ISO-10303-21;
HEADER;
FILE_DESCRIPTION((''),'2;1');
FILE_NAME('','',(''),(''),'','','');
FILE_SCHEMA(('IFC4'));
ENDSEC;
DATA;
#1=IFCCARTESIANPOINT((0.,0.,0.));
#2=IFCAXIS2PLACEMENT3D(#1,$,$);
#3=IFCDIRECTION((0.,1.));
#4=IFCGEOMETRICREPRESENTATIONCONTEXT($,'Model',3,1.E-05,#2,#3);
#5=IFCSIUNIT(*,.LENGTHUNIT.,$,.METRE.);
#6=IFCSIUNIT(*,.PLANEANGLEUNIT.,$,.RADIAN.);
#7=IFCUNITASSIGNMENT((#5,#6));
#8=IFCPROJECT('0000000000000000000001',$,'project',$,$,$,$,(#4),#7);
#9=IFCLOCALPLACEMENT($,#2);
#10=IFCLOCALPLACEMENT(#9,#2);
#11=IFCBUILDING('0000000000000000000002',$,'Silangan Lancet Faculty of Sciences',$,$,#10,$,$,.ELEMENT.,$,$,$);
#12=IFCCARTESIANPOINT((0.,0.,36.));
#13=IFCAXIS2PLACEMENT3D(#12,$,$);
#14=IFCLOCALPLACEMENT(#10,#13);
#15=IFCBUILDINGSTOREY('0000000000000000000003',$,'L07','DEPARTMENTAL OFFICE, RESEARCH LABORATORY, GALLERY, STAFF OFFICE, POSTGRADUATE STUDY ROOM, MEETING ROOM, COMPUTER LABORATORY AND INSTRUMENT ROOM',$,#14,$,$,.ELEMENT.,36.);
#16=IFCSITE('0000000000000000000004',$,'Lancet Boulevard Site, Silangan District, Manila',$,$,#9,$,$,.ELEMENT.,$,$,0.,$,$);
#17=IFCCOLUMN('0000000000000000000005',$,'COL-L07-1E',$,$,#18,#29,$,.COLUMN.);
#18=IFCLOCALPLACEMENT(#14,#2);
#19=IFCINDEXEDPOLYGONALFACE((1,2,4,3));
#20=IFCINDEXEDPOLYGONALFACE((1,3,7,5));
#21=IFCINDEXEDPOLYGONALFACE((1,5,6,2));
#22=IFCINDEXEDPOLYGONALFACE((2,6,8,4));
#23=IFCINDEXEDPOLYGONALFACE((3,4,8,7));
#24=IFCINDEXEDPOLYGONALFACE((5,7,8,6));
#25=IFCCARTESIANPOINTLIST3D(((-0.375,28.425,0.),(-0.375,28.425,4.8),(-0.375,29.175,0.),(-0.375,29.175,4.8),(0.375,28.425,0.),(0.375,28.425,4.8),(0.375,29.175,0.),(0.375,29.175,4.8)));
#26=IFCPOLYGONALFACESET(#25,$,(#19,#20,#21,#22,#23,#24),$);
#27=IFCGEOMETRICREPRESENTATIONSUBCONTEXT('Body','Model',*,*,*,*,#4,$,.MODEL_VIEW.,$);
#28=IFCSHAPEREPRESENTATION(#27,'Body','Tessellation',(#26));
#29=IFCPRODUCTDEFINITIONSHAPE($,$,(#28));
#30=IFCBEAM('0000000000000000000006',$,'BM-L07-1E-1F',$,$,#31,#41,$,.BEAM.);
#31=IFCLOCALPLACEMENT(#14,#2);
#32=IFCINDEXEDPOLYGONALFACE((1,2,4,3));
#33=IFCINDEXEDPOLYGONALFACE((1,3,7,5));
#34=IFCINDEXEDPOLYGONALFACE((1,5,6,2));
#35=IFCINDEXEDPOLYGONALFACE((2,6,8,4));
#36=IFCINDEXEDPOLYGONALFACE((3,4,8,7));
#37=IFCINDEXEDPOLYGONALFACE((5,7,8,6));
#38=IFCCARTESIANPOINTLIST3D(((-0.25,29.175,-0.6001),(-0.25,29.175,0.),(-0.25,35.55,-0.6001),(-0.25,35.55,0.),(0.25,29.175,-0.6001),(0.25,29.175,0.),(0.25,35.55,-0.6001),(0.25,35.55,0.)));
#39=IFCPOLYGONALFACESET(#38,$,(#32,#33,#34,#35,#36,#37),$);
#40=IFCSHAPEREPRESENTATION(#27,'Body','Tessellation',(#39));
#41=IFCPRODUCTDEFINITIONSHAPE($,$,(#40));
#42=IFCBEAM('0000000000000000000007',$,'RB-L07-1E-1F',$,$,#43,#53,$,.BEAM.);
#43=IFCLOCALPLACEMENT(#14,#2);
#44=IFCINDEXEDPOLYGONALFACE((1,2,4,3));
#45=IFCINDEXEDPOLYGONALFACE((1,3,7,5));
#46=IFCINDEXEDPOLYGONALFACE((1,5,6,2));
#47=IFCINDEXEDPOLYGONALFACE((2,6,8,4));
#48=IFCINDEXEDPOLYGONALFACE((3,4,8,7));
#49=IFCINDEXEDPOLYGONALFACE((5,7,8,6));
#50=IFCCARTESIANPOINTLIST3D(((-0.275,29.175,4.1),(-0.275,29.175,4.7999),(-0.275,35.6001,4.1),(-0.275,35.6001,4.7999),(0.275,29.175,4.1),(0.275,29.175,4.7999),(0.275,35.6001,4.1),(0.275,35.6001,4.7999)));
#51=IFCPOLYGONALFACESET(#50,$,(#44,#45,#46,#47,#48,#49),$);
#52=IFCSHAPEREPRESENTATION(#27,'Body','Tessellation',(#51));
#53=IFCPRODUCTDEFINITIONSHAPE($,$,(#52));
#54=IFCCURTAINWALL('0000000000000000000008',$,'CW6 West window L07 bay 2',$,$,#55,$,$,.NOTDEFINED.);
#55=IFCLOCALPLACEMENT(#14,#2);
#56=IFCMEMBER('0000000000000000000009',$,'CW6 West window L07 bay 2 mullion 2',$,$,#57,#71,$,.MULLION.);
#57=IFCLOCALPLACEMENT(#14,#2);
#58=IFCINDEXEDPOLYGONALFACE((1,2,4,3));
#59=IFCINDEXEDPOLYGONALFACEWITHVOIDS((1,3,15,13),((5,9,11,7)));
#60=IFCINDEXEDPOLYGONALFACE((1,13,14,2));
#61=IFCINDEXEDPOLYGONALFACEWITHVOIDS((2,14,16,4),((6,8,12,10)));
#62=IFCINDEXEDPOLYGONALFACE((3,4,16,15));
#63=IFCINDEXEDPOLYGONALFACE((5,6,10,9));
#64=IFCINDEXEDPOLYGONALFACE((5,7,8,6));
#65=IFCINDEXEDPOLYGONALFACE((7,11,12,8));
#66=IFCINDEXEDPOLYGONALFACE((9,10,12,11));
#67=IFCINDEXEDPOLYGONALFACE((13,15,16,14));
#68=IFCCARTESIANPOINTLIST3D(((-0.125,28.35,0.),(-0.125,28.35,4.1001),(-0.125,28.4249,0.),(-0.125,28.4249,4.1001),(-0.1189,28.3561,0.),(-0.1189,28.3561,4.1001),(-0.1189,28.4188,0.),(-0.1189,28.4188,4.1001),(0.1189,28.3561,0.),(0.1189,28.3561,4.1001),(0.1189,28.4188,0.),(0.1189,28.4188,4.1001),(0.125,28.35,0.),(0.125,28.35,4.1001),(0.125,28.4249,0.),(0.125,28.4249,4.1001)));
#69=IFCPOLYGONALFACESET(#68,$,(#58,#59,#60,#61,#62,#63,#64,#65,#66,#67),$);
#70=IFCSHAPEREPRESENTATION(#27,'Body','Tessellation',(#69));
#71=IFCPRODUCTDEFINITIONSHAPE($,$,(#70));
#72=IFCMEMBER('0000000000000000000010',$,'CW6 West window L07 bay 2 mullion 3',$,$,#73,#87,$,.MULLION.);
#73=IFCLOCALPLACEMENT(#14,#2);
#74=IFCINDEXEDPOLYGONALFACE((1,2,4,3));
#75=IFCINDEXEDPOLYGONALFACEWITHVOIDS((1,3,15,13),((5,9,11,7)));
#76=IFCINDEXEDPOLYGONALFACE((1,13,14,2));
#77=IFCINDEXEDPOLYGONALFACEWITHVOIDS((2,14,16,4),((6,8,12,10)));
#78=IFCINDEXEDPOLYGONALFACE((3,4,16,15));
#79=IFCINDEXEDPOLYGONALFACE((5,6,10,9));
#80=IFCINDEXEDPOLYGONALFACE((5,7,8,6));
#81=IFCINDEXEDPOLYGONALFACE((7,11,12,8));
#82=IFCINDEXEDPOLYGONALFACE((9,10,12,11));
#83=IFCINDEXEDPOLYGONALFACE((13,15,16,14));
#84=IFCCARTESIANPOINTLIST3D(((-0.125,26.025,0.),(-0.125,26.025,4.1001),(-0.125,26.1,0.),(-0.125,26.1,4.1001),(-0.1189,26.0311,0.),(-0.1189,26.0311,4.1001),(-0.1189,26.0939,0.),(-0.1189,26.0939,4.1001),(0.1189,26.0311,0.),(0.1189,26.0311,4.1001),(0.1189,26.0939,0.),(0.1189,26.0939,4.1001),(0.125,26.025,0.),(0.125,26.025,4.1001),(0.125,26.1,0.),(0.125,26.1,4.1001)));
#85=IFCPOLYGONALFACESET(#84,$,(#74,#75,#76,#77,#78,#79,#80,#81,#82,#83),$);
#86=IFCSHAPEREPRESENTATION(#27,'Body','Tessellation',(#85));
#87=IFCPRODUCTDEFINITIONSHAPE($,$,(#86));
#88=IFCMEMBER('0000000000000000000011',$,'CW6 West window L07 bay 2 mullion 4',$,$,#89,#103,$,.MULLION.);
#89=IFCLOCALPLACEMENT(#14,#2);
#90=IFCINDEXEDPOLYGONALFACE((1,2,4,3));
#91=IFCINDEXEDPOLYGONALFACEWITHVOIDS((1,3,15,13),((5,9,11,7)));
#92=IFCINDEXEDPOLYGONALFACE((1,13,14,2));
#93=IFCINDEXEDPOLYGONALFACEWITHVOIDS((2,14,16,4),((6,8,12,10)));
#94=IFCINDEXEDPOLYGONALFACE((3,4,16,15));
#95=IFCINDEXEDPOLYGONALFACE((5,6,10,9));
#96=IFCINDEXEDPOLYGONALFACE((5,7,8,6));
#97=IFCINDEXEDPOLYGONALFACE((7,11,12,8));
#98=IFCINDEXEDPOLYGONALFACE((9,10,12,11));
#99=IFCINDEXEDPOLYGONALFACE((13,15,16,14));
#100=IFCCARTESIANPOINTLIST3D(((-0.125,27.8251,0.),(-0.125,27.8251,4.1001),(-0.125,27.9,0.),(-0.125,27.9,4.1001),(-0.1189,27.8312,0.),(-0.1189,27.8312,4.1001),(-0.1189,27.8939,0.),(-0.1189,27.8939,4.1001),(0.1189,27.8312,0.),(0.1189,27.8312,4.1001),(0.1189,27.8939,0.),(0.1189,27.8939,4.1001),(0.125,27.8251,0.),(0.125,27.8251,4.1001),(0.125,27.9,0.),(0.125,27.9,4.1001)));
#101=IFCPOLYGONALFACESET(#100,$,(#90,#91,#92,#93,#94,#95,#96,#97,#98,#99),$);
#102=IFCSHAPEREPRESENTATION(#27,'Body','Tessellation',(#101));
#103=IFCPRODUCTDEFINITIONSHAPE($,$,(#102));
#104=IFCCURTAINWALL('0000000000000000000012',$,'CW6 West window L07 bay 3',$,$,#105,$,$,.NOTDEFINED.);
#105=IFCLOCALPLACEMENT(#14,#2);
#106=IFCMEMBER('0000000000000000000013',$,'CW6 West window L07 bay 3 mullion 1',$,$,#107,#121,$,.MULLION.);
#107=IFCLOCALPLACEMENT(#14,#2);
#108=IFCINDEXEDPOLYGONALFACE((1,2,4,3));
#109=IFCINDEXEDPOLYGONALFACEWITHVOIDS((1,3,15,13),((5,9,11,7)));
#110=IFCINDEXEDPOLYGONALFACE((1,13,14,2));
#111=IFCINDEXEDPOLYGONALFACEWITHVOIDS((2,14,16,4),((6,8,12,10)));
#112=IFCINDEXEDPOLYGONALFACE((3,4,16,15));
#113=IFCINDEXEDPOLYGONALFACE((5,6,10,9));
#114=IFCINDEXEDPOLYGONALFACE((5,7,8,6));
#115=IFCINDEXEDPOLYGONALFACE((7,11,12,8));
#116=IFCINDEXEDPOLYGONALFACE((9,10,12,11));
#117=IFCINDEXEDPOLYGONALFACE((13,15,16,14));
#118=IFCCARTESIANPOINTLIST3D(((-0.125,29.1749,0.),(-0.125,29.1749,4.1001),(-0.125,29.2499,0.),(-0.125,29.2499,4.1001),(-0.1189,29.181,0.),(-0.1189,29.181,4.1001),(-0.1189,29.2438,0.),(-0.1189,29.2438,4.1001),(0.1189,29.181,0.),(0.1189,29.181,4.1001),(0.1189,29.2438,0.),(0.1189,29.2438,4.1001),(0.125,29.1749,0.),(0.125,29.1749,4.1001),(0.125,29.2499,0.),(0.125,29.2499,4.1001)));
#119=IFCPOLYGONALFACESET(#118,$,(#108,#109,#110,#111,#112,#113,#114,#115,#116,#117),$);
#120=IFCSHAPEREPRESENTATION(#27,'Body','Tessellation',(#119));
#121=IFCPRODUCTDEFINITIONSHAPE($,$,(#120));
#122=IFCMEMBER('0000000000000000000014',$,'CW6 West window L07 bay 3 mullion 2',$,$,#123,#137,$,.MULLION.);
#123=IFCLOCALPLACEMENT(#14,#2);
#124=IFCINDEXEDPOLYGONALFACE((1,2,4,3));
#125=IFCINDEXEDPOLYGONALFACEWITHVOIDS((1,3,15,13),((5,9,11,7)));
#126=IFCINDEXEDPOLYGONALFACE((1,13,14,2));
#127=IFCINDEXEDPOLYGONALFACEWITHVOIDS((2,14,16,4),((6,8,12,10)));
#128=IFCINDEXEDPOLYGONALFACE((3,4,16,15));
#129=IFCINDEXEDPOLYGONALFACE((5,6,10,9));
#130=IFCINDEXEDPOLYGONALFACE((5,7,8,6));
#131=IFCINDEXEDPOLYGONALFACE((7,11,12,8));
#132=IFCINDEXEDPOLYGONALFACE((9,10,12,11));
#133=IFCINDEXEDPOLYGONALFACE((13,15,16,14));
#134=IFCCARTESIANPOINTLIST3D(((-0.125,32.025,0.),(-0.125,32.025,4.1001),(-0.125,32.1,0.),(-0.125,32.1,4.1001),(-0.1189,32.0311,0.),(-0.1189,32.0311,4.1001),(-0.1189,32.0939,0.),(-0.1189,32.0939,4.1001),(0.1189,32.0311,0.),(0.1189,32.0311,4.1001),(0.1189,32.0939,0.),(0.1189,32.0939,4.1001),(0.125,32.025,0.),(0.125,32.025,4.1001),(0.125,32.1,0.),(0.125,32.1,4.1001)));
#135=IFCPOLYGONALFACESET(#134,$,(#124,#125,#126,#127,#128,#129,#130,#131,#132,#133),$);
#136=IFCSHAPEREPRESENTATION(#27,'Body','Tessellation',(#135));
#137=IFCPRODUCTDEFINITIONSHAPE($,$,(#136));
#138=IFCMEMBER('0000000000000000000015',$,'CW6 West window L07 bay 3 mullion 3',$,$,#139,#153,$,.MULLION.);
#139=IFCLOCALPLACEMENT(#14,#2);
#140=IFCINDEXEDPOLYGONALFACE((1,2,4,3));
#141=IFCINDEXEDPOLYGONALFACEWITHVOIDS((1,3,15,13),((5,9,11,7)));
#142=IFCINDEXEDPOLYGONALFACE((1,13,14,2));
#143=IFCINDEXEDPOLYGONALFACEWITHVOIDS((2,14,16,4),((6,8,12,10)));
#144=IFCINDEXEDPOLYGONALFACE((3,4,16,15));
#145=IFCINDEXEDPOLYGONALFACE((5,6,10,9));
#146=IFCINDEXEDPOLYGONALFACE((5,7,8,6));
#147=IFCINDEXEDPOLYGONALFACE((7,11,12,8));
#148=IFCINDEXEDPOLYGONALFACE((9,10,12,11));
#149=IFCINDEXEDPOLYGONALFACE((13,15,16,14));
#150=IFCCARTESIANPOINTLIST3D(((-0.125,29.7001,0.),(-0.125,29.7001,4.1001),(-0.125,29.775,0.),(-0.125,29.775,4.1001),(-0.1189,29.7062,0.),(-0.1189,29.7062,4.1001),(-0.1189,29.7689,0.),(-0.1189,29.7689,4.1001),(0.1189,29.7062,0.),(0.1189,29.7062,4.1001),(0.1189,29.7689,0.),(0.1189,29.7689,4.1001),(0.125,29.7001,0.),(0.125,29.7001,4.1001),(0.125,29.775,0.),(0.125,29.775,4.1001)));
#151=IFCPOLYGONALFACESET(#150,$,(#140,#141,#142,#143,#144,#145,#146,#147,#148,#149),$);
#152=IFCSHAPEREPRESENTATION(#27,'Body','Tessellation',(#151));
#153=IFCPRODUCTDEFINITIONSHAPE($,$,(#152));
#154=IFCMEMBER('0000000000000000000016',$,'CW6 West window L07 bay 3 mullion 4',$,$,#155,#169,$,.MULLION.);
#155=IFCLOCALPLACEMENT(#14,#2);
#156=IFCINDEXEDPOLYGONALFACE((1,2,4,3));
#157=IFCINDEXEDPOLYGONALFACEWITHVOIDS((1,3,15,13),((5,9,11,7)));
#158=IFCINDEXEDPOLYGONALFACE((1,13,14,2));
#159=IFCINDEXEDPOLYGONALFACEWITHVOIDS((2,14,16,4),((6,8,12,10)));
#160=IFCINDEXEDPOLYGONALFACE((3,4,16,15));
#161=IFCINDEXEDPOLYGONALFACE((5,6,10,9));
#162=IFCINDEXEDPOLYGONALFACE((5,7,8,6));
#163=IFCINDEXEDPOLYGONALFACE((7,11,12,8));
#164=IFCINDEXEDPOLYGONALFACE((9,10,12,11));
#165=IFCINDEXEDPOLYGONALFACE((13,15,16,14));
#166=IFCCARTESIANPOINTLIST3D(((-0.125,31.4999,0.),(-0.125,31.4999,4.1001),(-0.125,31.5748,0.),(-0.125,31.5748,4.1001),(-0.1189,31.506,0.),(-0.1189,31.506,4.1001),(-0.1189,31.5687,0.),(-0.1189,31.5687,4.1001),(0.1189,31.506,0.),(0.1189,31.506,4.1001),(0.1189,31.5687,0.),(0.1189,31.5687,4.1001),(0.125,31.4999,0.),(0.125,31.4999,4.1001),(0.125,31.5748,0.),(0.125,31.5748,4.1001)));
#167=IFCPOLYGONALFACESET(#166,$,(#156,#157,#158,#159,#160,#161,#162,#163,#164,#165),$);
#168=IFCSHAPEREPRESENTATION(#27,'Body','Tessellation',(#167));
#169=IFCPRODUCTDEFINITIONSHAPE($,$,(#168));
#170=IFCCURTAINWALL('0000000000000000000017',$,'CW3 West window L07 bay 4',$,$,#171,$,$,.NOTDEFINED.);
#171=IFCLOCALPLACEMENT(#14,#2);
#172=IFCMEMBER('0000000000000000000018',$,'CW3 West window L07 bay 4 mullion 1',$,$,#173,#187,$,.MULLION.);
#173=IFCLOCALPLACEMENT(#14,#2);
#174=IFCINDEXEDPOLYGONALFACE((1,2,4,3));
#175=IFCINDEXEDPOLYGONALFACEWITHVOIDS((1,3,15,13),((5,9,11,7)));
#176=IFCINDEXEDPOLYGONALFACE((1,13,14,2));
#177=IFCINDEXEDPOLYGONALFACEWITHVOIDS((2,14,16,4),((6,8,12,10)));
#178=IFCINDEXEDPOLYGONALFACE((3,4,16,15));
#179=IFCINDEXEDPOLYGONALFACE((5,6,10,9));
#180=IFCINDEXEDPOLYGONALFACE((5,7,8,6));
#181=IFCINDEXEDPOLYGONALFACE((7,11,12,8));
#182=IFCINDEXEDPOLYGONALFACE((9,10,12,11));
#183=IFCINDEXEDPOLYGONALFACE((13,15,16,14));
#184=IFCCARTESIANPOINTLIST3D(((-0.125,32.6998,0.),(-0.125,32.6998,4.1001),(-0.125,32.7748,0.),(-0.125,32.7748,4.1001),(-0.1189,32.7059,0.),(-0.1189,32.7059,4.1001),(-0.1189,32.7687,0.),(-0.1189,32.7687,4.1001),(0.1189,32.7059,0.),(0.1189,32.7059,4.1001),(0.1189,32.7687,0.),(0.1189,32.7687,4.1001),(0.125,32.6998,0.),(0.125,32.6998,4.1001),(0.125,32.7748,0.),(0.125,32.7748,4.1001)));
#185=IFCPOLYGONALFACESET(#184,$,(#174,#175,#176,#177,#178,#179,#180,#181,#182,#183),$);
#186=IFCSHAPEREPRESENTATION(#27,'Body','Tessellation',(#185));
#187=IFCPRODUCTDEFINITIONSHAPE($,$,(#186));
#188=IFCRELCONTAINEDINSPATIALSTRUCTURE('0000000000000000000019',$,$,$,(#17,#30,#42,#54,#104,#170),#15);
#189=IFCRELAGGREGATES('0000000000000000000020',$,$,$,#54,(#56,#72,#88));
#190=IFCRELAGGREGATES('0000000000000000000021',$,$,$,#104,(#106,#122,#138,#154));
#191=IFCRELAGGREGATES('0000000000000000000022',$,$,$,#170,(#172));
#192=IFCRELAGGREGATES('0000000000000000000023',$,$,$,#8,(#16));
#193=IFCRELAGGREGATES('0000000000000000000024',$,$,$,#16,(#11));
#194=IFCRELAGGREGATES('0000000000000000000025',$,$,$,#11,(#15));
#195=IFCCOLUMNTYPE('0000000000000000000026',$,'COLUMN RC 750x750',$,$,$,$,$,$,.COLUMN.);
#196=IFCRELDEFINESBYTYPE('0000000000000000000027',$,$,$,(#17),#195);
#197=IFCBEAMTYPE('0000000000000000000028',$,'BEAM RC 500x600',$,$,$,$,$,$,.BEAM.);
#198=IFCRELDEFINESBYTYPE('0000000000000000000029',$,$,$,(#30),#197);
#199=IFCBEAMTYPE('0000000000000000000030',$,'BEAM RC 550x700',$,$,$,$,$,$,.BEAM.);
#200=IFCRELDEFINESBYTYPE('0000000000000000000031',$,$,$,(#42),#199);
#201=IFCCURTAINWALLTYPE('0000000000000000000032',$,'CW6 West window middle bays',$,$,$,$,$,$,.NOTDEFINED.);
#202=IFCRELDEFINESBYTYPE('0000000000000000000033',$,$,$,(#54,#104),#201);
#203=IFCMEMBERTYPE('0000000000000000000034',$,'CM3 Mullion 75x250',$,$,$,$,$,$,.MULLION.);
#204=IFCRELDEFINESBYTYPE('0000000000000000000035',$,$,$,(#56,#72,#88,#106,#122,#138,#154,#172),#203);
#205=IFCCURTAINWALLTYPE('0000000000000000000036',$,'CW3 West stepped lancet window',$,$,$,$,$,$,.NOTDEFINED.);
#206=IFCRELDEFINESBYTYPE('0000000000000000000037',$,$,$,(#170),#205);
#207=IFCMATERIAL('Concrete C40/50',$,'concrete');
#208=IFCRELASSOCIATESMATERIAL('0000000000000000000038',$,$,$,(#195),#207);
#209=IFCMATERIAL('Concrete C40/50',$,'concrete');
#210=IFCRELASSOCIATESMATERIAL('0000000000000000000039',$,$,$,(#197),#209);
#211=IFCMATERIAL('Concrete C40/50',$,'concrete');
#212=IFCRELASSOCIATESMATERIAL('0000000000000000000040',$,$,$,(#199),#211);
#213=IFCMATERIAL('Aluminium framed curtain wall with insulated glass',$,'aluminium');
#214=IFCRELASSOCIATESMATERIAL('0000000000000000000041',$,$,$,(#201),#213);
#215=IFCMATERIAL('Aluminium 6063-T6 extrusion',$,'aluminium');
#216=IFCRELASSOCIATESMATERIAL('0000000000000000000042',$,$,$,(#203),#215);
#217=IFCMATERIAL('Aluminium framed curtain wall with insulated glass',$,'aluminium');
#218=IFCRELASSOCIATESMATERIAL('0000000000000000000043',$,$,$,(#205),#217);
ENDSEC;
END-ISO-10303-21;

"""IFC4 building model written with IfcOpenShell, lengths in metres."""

from ifc_helpers import new_model, si_unit, direction, frame, origin, origin_2d, place, context, subcontext, project, spatial, rectangle, hollow_rectangle, extrude, material, material_profile, profile_set, type_object, element, aggregate, save


model = new_model("IFC4")

# Units and contexts
model_context = context("Model", 3, precision=1e-05, world=origin(), true_north=direction((0.0, 1.0)))
body_context = subcontext(model_context, "Body", "Model", "MODEL_VIEW")
ifc_project = project(units=[si_unit("LENGTHUNIT", "METRE"), si_unit("PLANEANGLEUNIT", "RADIAN")], contexts=[model_context])

# Site, building, storey
site_placement = place(None, origin())
site = spatial("IfcSite", under=ifc_project, at=site_placement, Name="Lancet Boulevard Site, Silangan District, Manila", CompositionType="ELEMENT", RefElevation=0.0)
building_placement = place(site_placement, origin())
building = spatial("IfcBuilding", under=site, at=building_placement, Name="Silangan Lancet Faculty of Sciences", CompositionType="ELEMENT")
storey_placement = place(building_placement, frame((0.0, 0.0, 36.0)))
storey = spatial("IfcBuildingStorey", under=building, at=storey_placement, Name="L07", Description="DEPARTMENTAL OFFICE, RESEARCH LABORATORY, GALLERY, STAFF OFFICE, POSTGRADUATE STUDY ROOM, MEETING ROOM, COMPUTER LABORATORY AND INSTRUMENT ROOM", CompositionType="ELEMENT", Elevation=36.0)

# Column
ifc_material_1 = material(Name="Concrete C40/50", Category="concrete")
ifc_material_profile_1 = material_profile(ifc_material_1, rectangle(XDim=0.75, YDim=0.75, at=origin_2d()), Name="RC 750x750")
ifc_profile_set_1 = profile_set([ifc_material_profile_1], Name="Concrete C40/50")
column_type = type_object("IfcColumnType", Name="COLUMN RC 750x750", PredefinedType="COLUMN", material=ifc_profile_set_1)
column_placement = place(storey_placement, frame((0.0, 28.8, 0.0), z_axis=(0.0, 0.0, 1.0), x_axis=(1.0, 0.0, 0.0)))
element("IfcColumn", 1, at=column_placement, inside=storey, type_object=column_type, Name="COL-L07-1E", PredefinedType="COLUMN", context=body_context, shape_type="SweptSolid", body=[
    extrude(rectangle(XDim=0.75, YDim=0.75, at=origin_2d()), origin(), (0.0, 0.0, 1.0), 4.8),
])

# Beams
ifc_material_2 = material(Name="Concrete C40/50", Category="concrete")
ifc_material_profile_2 = material_profile(ifc_material_2, rectangle(XDim=0.5, YDim=0.6001, at=origin_2d()), Name="RC 500x600")
ifc_profile_set_2 = profile_set([ifc_material_profile_2], Name="Concrete C40/50")
beam_type_1 = type_object("IfcBeamType", Name="BEAM RC 500x600", PredefinedType="BEAM", material=ifc_profile_set_2)
beam_1_placement = place(storey_placement, frame((0.0, 29.175, -0.3), z_axis=(0.0, 1.0, 0.0), x_axis=(-1.0, 0.0, 0.0)))
element("IfcBeam", 2, at=beam_1_placement, inside=storey, type_object=beam_type_1, Name="BM-L07-1E-1F", PredefinedType="BEAM", context=body_context, shape_type="SweptSolid", body=[
    extrude(rectangle(XDim=0.5, YDim=0.6001, at=origin_2d()), origin(), (0.0, 0.0, 1.0), 6.375),
])
ifc_material_3 = material(Name="Concrete C40/50", Category="concrete")
ifc_material_profile_3 = material_profile(ifc_material_3, rectangle(XDim=0.55, YDim=0.7, at=origin_2d()), Name="RC 550x700")
ifc_profile_set_3 = profile_set([ifc_material_profile_3], Name="Concrete C40/50")
beam_type_2 = type_object("IfcBeamType", Name="BEAM RC 550x700", PredefinedType="BEAM", material=ifc_profile_set_3)
beam_2_placement = place(storey_placement, frame((0.0, 29.175, 4.45), z_axis=(0.0, 1.0, 0.0), x_axis=(-1.0, 0.0, 0.0)))
element("IfcBeam", 3, at=beam_2_placement, inside=storey, type_object=beam_type_2, Name="RB-L07-1E-1F", PredefinedType="BEAM", context=body_context, shape_type="SweptSolid", body=[
    extrude(rectangle(XDim=0.55, YDim=0.7, at=origin_2d()), origin(), (0.0, 0.0, 1.0), 6.425),
])

# Curtain walls, members
ifc_material_4 = material(Name="Aluminium framed curtain wall with insulated glass", Category="aluminium")
curtain_wall_type_1 = type_object("IfcCurtainWallType", Name="CW6 West window middle bays", PredefinedType="NOTDEFINED", material=ifc_material_4)
curtain_wall_1_placement = place(storey_placement, origin())
curtain_wall_1 = element("IfcCurtainWall", 4, at=curtain_wall_1_placement, inside=storey, type_object=curtain_wall_type_1, Name="CW6 West window L07 bay 2", PredefinedType="NOTDEFINED")
ifc_material_5 = material(Name="Aluminium 6063-T6 extrusion", Category="aluminium")
ifc_material_profile_4 = material_profile(ifc_material_5, hollow_rectangle(XDim=0.075, YDim=0.25, WallThickness=0.0061, at=origin_2d()), Name="AL BOX 75x250x6")
ifc_profile_set_4 = profile_set([ifc_material_profile_4], Name="Aluminium 6063-T6 extrusion")
member_type_1 = type_object("IfcMemberType", Name="CM3 Mullion 75x250", PredefinedType="MULLION", material=ifc_profile_set_4)
member_1_placement = place(storey_placement, frame((0.0, 28.3875, 0.0), z_axis=(0.0, 0.0, 1.0), x_axis=(0.0, 1.0, 0.0)))
member_1 = element("IfcMember", 5, at=member_1_placement, type_object=member_type_1, Name="CW6 West window L07 bay 2 mullion 2", PredefinedType="MULLION", context=body_context, shape_type="SweptSolid", body=[
    extrude(hollow_rectangle(XDim=0.075, YDim=0.25, WallThickness=0.0061, at=origin_2d()), origin(), (0.0, 0.0, 1.0), 4.1001),
])
member_2_placement = place(storey_placement, frame((0.0, 26.0625, 0.0), z_axis=(0.0, 0.0, 1.0), x_axis=(0.0, 1.0, 0.0)))
member_2 = element("IfcMember", 6, at=member_2_placement, type_object=member_type_1, Name="CW6 West window L07 bay 2 mullion 3", PredefinedType="MULLION", context=body_context, shape_type="SweptSolid", body=[
    extrude(hollow_rectangle(XDim=0.075, YDim=0.25, WallThickness=0.0061, at=origin_2d()), origin(), (0.0, 0.0, 1.0), 4.1001),
])
member_3_placement = place(storey_placement, frame((0.0, 27.8625, 0.0), z_axis=(0.0, 0.0, 1.0), x_axis=(0.0, 1.0, 0.0)))
member_3 = element("IfcMember", 7, at=member_3_placement, type_object=member_type_1, Name="CW6 West window L07 bay 2 mullion 4", PredefinedType="MULLION", context=body_context, shape_type="SweptSolid", body=[
    extrude(hollow_rectangle(XDim=0.075, YDim=0.25, WallThickness=0.0061, at=origin_2d()), origin(), (0.0, 0.0, 1.0), 4.1001),
])
curtain_wall_2_placement = place(storey_placement, origin())
curtain_wall_2 = element("IfcCurtainWall", 8, at=curtain_wall_2_placement, inside=storey, type_object=curtain_wall_type_1, Name="CW6 West window L07 bay 3", PredefinedType="NOTDEFINED")
member_4_placement = place(storey_placement, frame((0.0, 29.2124, 0.0), z_axis=(0.0, 0.0, 1.0), x_axis=(0.0, 1.0, 0.0)))
member_4 = element("IfcMember", 9, at=member_4_placement, type_object=member_type_1, Name="CW6 West window L07 bay 3 mullion 1", PredefinedType="MULLION", context=body_context, shape_type="SweptSolid", body=[
    extrude(hollow_rectangle(XDim=0.075, YDim=0.25, WallThickness=0.0061, at=origin_2d()), origin(), (0.0, 0.0, 1.0), 4.1001),
])
member_5_placement = place(storey_placement, frame((0.0, 32.0625, 0.0), z_axis=(0.0, 0.0, 1.0), x_axis=(0.0, 1.0, 0.0)))
member_5 = element("IfcMember", 10, at=member_5_placement, type_object=member_type_1, Name="CW6 West window L07 bay 3 mullion 2", PredefinedType="MULLION", context=body_context, shape_type="SweptSolid", body=[
    extrude(hollow_rectangle(XDim=0.075, YDim=0.25, WallThickness=0.0061, at=origin_2d()), origin(), (0.0, 0.0, 1.0), 4.1001),
])
member_6_placement = place(storey_placement, frame((0.0, 29.7375, 0.0), z_axis=(0.0, 0.0, 1.0), x_axis=(0.0, 1.0, 0.0)))
member_6 = element("IfcMember", 11, at=member_6_placement, type_object=member_type_1, Name="CW6 West window L07 bay 3 mullion 3", PredefinedType="MULLION", context=body_context, shape_type="SweptSolid", body=[
    extrude(hollow_rectangle(XDim=0.075, YDim=0.25, WallThickness=0.0061, at=origin_2d()), origin(), (0.0, 0.0, 1.0), 4.1001),
])
member_7_placement = place(storey_placement, frame((0.0, 31.5374, 0.0), z_axis=(0.0, 0.0, 1.0), x_axis=(0.0, 1.0, 0.0)))
member_7 = element("IfcMember", 12, at=member_7_placement, type_object=member_type_1, Name="CW6 West window L07 bay 3 mullion 4", PredefinedType="MULLION", context=body_context, shape_type="SweptSolid", body=[
    extrude(hollow_rectangle(XDim=0.075, YDim=0.25, WallThickness=0.0061, at=origin_2d()), origin(), (0.0, 0.0, 1.0), 4.1001),
])
ifc_material_6 = material(Name="Aluminium framed curtain wall with insulated glass", Category="aluminium")
curtain_wall_type_2 = type_object("IfcCurtainWallType", Name="CW3 West stepped lancet window", PredefinedType="NOTDEFINED", material=ifc_material_6)
curtain_wall_3_placement = place(storey_placement, origin())
curtain_wall_3 = element("IfcCurtainWall", 13, at=curtain_wall_3_placement, inside=storey, type_object=curtain_wall_type_2, Name="CW3 West window L07 bay 4", PredefinedType="NOTDEFINED")
member_8_placement = place(storey_placement, frame((0.0, 32.7373, 0.0), z_axis=(0.0, 0.0, 1.0), x_axis=(0.0, 1.0, 0.0)))
member_8 = element("IfcMember", 14, at=member_8_placement, type_object=member_type_1, Name="CW3 West window L07 bay 4 mullion 1", PredefinedType="MULLION", context=body_context, shape_type="SweptSolid", body=[
    extrude(hollow_rectangle(XDim=0.075, YDim=0.25, WallThickness=0.0061, at=origin_2d()), origin(), (0.0, 0.0, 1.0), 4.1001),
])

aggregate(curtain_wall_1, [member_1, member_2, member_3])
aggregate(curtain_wall_2, [member_4, member_5, member_6, member_7])
aggregate(curtain_wall_3, [member_8])

save(model, "model.ifc")
